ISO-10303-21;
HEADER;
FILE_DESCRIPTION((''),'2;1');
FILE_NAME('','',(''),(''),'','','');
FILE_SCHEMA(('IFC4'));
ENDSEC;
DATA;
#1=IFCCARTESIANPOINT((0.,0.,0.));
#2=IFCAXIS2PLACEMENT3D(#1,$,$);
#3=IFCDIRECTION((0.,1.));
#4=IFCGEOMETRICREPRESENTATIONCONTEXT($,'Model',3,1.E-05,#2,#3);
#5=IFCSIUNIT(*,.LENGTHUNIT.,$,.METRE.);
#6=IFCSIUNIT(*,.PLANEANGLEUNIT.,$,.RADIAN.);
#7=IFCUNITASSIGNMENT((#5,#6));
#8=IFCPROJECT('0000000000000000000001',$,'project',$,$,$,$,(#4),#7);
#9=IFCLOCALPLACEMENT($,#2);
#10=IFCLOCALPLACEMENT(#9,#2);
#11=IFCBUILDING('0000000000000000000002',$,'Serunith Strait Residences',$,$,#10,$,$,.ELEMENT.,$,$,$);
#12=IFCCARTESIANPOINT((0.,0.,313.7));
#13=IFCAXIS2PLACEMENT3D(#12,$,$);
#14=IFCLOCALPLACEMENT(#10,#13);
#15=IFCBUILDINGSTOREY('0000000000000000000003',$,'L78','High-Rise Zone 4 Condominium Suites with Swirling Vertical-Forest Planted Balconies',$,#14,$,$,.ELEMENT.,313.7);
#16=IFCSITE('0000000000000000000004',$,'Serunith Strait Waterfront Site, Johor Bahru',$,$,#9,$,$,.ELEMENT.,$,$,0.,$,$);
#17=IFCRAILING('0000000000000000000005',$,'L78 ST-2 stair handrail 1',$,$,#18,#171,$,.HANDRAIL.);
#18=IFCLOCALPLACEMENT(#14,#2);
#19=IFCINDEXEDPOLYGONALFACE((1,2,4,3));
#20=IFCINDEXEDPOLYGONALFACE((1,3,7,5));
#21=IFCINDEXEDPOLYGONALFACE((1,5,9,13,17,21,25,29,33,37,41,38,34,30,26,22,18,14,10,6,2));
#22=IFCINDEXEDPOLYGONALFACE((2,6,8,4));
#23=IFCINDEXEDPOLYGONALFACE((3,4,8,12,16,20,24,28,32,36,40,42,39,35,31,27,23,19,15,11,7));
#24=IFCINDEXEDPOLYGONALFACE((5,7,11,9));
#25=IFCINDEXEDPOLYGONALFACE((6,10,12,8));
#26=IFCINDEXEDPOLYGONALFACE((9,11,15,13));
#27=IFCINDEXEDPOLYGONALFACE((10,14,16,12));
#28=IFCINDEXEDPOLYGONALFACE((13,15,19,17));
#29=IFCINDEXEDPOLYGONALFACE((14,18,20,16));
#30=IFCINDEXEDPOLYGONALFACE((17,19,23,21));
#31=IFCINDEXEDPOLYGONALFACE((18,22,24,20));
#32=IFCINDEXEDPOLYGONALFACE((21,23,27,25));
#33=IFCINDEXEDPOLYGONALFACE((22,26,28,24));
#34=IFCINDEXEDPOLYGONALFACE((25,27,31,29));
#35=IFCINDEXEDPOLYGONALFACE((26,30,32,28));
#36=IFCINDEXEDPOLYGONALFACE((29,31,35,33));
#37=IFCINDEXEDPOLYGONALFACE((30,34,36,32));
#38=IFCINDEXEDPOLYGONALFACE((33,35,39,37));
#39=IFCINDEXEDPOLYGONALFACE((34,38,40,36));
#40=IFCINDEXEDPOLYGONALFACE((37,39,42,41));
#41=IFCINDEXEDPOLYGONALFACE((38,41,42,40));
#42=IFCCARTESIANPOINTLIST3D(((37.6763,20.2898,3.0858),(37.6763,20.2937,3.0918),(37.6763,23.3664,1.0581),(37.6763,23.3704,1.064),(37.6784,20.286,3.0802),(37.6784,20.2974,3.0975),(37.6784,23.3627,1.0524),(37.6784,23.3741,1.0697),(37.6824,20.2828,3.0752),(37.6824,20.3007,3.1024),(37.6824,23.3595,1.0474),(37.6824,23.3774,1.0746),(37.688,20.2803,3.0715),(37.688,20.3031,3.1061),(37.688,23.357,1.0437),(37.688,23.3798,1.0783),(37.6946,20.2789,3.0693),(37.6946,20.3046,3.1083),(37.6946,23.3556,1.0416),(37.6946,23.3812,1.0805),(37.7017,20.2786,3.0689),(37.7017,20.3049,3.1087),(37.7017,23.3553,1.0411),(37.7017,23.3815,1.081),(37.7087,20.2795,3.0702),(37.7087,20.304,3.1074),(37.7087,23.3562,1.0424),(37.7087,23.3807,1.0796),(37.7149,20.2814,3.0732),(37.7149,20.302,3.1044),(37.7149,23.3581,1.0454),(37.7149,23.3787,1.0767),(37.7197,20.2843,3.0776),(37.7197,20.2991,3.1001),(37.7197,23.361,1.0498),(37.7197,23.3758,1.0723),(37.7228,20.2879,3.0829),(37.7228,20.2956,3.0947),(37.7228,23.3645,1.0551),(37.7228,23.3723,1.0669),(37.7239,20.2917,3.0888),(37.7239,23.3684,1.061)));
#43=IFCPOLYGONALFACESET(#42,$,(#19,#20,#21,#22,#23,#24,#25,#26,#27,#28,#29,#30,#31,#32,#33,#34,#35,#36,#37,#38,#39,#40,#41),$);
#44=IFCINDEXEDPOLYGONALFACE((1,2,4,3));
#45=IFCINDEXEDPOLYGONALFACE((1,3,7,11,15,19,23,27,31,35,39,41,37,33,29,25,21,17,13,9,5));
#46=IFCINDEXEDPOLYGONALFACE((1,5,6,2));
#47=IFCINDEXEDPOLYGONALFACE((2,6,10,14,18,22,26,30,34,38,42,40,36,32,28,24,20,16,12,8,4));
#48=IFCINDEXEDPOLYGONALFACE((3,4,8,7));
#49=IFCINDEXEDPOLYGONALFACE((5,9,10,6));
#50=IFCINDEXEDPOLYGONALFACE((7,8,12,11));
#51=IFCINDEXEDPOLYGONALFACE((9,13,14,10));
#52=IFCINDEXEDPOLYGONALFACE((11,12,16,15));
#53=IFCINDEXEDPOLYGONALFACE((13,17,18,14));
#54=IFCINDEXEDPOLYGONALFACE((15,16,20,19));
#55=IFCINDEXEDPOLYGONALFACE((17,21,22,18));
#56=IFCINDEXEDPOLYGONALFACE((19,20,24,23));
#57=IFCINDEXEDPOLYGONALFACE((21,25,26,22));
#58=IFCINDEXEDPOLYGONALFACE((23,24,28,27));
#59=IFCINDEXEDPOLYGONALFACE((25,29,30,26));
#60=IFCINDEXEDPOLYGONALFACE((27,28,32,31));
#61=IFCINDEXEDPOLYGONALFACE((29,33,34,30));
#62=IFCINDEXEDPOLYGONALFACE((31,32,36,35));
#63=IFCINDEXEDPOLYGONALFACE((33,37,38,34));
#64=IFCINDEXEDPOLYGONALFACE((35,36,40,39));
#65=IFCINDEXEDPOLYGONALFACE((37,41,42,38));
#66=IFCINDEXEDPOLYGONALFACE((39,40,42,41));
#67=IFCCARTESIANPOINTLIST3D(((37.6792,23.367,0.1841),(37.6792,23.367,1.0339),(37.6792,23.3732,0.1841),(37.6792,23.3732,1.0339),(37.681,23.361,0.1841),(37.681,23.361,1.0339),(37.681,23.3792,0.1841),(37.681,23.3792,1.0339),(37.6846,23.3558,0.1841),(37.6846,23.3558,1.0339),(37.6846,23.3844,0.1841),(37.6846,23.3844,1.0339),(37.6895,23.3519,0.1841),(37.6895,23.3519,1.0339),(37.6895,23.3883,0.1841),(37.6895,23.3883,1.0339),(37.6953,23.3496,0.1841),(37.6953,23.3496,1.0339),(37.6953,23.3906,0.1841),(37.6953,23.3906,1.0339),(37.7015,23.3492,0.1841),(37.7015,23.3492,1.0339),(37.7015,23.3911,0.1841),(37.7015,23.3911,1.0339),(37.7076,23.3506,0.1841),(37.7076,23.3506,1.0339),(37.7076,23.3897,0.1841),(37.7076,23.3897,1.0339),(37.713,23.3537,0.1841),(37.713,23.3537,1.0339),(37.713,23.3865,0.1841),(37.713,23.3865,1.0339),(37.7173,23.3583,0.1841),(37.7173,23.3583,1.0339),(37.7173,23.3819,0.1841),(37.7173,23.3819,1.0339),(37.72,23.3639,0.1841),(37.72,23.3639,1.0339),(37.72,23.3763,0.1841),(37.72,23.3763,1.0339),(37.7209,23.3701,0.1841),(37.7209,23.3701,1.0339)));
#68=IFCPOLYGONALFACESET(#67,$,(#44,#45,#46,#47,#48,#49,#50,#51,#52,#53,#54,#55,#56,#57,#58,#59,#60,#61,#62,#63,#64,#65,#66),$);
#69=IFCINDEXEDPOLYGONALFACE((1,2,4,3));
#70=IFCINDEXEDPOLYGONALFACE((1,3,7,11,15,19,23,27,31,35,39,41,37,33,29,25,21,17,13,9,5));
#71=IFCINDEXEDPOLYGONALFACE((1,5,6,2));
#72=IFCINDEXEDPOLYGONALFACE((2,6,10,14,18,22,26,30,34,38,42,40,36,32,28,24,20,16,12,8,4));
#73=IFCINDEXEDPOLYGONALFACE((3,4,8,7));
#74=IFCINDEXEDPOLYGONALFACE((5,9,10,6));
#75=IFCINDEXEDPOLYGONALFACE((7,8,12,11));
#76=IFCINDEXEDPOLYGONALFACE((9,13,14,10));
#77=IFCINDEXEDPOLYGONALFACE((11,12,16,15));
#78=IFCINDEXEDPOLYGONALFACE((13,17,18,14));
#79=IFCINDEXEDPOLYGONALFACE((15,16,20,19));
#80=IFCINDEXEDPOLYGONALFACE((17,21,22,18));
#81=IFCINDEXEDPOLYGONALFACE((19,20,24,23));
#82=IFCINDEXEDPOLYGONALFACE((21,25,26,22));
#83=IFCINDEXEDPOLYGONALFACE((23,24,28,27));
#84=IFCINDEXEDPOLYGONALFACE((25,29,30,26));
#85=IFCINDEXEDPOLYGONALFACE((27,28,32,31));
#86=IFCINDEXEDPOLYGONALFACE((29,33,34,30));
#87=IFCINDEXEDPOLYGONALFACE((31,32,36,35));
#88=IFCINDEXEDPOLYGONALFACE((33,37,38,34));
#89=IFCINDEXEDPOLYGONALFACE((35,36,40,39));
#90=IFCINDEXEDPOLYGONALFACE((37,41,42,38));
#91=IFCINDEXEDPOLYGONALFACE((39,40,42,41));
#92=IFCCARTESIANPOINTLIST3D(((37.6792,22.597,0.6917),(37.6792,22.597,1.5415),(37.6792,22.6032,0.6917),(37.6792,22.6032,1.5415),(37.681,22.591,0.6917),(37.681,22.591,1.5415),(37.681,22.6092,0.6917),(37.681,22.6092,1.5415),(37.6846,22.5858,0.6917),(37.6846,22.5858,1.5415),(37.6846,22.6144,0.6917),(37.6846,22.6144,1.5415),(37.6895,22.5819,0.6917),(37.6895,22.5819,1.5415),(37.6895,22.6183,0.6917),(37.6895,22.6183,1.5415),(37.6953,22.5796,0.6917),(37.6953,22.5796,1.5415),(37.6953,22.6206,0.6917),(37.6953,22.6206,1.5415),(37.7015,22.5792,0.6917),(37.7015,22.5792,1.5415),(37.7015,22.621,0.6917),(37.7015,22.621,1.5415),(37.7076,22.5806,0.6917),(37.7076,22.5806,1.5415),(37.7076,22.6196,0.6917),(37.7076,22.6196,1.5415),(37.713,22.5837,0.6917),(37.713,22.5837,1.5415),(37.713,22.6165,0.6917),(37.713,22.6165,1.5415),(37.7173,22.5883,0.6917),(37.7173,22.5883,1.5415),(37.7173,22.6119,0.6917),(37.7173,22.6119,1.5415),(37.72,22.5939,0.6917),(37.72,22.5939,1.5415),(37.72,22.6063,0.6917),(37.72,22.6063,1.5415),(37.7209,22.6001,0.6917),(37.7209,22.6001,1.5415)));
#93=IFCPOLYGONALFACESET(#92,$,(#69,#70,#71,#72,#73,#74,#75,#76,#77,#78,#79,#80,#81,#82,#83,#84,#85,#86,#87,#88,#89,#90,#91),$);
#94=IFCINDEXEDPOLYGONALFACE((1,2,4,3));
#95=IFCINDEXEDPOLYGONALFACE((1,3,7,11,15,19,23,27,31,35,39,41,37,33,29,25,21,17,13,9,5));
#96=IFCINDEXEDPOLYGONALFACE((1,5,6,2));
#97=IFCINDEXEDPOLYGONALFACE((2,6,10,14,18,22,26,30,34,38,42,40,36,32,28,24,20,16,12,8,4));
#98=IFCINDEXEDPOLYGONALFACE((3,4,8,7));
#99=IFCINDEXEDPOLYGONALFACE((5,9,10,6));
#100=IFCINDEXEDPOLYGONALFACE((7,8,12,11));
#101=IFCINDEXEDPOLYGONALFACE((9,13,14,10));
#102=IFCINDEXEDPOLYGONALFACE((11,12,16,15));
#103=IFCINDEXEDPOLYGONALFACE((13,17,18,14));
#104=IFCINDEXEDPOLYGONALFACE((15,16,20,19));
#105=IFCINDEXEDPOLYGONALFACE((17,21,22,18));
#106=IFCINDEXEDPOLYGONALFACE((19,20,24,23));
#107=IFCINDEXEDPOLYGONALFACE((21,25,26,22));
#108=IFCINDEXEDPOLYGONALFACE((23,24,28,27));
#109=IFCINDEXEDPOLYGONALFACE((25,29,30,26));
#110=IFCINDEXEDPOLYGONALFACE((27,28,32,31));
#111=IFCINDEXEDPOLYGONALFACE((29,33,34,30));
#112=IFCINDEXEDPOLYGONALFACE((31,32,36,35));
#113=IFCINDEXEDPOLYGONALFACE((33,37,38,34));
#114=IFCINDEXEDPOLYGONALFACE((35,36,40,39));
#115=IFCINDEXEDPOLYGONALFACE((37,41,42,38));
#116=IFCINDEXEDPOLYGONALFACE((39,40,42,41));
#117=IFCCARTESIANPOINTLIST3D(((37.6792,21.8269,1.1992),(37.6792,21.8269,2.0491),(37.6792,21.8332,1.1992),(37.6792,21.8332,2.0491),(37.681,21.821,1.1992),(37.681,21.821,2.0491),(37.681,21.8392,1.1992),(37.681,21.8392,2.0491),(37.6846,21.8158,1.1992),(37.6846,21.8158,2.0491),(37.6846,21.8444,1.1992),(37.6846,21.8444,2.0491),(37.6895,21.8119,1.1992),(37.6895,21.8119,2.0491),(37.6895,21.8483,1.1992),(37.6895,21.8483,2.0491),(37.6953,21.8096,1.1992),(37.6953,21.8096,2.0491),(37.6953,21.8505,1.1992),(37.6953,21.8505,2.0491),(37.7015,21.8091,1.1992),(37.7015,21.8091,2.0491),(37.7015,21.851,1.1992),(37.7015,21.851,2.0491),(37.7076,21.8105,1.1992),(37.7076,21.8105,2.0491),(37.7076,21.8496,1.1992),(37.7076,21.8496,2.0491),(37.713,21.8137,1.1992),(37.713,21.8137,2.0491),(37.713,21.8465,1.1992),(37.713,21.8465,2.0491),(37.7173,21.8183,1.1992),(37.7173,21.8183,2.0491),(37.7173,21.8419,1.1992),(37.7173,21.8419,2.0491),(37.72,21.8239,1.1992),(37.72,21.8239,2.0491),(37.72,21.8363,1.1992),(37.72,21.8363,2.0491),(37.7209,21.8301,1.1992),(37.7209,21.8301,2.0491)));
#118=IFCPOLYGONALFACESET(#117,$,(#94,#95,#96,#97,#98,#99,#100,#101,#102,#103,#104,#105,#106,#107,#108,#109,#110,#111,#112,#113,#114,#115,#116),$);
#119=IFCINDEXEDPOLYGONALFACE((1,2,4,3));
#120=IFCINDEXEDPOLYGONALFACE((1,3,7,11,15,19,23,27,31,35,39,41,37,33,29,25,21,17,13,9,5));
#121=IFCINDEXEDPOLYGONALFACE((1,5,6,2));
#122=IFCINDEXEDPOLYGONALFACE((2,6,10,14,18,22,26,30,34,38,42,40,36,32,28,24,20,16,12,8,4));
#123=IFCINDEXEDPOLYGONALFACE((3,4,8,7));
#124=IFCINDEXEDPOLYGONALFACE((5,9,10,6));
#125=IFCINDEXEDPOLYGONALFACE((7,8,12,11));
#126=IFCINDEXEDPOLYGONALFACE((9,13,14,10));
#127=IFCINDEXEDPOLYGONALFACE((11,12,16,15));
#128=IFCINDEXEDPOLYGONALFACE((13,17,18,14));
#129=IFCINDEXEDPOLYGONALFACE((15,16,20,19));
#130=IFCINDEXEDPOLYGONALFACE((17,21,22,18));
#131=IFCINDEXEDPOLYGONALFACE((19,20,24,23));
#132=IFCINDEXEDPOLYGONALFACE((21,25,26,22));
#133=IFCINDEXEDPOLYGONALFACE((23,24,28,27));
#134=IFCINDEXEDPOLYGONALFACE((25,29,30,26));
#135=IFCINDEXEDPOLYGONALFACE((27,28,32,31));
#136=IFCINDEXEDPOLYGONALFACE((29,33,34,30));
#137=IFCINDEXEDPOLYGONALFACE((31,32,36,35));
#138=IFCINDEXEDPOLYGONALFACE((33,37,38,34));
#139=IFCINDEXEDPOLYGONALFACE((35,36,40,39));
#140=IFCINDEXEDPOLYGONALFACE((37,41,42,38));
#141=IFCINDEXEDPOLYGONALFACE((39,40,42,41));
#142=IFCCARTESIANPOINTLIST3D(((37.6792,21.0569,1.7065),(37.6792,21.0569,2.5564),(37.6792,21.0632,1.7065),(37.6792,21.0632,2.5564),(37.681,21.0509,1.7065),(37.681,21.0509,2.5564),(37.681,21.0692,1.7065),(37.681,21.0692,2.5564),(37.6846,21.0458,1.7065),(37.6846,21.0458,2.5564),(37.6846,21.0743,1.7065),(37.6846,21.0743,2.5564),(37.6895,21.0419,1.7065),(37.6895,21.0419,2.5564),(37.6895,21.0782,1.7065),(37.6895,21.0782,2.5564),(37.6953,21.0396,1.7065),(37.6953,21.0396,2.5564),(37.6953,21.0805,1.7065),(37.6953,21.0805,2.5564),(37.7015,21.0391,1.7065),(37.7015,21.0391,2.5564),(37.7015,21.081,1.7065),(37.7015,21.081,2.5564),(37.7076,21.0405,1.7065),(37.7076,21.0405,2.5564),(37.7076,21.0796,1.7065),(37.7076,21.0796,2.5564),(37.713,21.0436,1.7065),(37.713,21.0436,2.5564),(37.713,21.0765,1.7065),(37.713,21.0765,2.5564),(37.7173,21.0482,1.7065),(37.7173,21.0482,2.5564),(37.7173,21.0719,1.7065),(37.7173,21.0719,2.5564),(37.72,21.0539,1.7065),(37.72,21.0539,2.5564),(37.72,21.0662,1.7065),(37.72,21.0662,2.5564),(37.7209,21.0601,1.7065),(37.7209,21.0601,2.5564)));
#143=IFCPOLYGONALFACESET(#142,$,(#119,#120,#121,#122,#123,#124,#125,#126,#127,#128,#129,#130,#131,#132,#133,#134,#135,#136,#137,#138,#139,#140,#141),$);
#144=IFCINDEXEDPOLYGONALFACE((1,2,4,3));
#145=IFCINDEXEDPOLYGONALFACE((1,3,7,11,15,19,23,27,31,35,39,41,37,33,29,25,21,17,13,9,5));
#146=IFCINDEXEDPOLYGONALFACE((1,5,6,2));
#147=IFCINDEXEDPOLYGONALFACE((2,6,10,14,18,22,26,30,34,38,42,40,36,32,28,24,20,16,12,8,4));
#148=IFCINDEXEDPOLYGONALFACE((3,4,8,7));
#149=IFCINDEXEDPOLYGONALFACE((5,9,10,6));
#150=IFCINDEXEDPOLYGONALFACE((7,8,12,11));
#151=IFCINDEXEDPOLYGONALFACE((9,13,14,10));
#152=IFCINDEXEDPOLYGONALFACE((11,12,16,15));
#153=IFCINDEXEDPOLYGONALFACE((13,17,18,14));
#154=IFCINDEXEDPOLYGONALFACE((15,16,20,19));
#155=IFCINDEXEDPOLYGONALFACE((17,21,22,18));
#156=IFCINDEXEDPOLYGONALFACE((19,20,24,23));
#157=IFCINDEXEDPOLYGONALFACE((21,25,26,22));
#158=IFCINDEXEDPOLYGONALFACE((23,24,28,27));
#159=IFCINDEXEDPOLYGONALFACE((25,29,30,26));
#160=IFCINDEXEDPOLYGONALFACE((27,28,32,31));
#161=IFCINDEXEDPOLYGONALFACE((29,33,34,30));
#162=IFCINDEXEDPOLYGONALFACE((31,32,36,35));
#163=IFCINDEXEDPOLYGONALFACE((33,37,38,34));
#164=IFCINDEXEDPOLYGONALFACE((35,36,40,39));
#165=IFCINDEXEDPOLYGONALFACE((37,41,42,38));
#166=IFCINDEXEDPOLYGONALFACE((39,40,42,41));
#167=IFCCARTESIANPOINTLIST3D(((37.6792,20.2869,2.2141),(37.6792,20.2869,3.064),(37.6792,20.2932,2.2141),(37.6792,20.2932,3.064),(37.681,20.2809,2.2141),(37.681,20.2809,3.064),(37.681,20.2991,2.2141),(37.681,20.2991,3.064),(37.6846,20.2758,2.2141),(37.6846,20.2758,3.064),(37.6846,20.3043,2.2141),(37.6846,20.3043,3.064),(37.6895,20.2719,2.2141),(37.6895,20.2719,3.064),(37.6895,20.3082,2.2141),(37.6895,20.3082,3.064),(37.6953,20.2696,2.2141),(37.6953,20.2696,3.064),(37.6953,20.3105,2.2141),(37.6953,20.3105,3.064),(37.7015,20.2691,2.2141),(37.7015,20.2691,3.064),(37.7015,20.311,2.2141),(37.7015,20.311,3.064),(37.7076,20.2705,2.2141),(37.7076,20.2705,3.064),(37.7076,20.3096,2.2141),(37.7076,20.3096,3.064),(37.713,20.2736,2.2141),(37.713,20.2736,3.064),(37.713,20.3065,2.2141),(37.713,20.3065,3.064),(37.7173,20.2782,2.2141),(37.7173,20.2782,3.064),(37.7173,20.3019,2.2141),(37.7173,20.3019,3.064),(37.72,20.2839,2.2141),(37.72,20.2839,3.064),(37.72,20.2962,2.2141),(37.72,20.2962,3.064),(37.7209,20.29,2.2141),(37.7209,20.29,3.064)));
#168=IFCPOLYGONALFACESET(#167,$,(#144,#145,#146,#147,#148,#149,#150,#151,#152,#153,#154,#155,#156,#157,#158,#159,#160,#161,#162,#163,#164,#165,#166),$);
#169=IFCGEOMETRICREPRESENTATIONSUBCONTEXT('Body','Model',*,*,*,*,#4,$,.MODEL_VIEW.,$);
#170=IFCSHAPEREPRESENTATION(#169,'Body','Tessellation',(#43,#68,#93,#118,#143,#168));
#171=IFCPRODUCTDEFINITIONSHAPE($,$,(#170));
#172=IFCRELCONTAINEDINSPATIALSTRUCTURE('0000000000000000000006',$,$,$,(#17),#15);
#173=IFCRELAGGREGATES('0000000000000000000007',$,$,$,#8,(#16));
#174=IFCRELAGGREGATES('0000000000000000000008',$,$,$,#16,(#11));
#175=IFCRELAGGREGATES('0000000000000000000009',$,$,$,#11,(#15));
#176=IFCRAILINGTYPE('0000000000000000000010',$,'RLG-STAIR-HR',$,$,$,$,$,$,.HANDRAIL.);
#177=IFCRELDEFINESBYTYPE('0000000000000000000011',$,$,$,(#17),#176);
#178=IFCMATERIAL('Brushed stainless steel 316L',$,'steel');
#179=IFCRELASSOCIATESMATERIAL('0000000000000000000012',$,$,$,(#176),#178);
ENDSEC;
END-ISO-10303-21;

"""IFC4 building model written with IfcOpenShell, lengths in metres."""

from ifc_helpers import new_model, si_unit, direction, frame, origin, origin_2d, place, context, subcontext, project, spatial, circle, extrude, material, type_object, element, save


model = new_model("IFC4")

# Units and contexts
model_context = context("Model", 3, precision=1e-05, world=origin(), true_north=direction((0.0, 1.0)))
body_context = subcontext(model_context, "Body", "Model", "MODEL_VIEW")
ifc_project = project(units=[si_unit("LENGTHUNIT", "METRE"), si_unit("PLANEANGLEUNIT", "RADIAN")], contexts=[model_context])

# Site, building, storey
site_placement = place(None, origin())
site = spatial("IfcSite", under=ifc_project, at=site_placement, Name="Serunith Strait Waterfront Site, Johor Bahru", CompositionType="ELEMENT", RefElevation=0.0)
building_placement = place(site_placement, origin())
building = spatial("IfcBuilding", under=site, at=building_placement, Name="Serunith Strait Residences", CompositionType="ELEMENT")
storey_placement = place(building_placement, frame((0.0, 0.0, 313.7)))
storey = spatial("IfcBuildingStorey", under=building, at=storey_placement, Name="L78", Description="High-Rise Zone 4 Condominium Suites with Swirling Vertical-Forest Planted Balconies", CompositionType="ELEMENT", Elevation=313.7)

# Railing
ifc_material_1 = material(Name="Brushed stainless steel 316L", Category="steel")
railing_type_1 = type_object("IfcRailingType", Name="RLG-STAIR-HR", PredefinedType="HANDRAIL", material=ifc_material_1)
railing_1_placement = place(storey_placement, frame((37.7, 23.3701, 0.1841)))
element("IfcRailing", 1, at=railing_1_placement, inside=storey, type_object=railing_type_1, Name="L78 ST-2 stair handrail 1", PredefinedType="HANDRAIL", context=body_context, shape_type="SweptSolid", body=[
    extrude(circle(Radius=0.0239, at=origin_2d()), frame((0.0, -0.0017, 0.877), z_axis=(0.0, -0.834961, 0.550309), x_axis=(1.0, 0.0, 0.0)), (0.0, 0.0, 1.0), 3.6848),
    extrude(circle(Radius=0.021, at=origin_2d()), origin(), (0.0, 0.0, 1.0), 0.8499),
    extrude(circle(Radius=0.021, at=origin_2d()), frame((0.0, -0.77, 0.5076)), (0.0, 0.0, 1.0), 0.8499),
    extrude(circle(Radius=0.021, at=origin_2d()), frame((0.0, -1.54, 1.0151)), (0.0, 0.0, 1.0), 0.8499),
    extrude(circle(Radius=0.021, at=origin_2d()), frame((0.0, -2.3101, 1.5225)), (0.0, 0.0, 1.0), 0.8499),
    extrude(circle(Radius=0.021, at=origin_2d()), frame((0.0, -3.0801, 2.03)), (0.0, 0.0, 1.0), 0.8499),
])

save(model, "model.ifc")
